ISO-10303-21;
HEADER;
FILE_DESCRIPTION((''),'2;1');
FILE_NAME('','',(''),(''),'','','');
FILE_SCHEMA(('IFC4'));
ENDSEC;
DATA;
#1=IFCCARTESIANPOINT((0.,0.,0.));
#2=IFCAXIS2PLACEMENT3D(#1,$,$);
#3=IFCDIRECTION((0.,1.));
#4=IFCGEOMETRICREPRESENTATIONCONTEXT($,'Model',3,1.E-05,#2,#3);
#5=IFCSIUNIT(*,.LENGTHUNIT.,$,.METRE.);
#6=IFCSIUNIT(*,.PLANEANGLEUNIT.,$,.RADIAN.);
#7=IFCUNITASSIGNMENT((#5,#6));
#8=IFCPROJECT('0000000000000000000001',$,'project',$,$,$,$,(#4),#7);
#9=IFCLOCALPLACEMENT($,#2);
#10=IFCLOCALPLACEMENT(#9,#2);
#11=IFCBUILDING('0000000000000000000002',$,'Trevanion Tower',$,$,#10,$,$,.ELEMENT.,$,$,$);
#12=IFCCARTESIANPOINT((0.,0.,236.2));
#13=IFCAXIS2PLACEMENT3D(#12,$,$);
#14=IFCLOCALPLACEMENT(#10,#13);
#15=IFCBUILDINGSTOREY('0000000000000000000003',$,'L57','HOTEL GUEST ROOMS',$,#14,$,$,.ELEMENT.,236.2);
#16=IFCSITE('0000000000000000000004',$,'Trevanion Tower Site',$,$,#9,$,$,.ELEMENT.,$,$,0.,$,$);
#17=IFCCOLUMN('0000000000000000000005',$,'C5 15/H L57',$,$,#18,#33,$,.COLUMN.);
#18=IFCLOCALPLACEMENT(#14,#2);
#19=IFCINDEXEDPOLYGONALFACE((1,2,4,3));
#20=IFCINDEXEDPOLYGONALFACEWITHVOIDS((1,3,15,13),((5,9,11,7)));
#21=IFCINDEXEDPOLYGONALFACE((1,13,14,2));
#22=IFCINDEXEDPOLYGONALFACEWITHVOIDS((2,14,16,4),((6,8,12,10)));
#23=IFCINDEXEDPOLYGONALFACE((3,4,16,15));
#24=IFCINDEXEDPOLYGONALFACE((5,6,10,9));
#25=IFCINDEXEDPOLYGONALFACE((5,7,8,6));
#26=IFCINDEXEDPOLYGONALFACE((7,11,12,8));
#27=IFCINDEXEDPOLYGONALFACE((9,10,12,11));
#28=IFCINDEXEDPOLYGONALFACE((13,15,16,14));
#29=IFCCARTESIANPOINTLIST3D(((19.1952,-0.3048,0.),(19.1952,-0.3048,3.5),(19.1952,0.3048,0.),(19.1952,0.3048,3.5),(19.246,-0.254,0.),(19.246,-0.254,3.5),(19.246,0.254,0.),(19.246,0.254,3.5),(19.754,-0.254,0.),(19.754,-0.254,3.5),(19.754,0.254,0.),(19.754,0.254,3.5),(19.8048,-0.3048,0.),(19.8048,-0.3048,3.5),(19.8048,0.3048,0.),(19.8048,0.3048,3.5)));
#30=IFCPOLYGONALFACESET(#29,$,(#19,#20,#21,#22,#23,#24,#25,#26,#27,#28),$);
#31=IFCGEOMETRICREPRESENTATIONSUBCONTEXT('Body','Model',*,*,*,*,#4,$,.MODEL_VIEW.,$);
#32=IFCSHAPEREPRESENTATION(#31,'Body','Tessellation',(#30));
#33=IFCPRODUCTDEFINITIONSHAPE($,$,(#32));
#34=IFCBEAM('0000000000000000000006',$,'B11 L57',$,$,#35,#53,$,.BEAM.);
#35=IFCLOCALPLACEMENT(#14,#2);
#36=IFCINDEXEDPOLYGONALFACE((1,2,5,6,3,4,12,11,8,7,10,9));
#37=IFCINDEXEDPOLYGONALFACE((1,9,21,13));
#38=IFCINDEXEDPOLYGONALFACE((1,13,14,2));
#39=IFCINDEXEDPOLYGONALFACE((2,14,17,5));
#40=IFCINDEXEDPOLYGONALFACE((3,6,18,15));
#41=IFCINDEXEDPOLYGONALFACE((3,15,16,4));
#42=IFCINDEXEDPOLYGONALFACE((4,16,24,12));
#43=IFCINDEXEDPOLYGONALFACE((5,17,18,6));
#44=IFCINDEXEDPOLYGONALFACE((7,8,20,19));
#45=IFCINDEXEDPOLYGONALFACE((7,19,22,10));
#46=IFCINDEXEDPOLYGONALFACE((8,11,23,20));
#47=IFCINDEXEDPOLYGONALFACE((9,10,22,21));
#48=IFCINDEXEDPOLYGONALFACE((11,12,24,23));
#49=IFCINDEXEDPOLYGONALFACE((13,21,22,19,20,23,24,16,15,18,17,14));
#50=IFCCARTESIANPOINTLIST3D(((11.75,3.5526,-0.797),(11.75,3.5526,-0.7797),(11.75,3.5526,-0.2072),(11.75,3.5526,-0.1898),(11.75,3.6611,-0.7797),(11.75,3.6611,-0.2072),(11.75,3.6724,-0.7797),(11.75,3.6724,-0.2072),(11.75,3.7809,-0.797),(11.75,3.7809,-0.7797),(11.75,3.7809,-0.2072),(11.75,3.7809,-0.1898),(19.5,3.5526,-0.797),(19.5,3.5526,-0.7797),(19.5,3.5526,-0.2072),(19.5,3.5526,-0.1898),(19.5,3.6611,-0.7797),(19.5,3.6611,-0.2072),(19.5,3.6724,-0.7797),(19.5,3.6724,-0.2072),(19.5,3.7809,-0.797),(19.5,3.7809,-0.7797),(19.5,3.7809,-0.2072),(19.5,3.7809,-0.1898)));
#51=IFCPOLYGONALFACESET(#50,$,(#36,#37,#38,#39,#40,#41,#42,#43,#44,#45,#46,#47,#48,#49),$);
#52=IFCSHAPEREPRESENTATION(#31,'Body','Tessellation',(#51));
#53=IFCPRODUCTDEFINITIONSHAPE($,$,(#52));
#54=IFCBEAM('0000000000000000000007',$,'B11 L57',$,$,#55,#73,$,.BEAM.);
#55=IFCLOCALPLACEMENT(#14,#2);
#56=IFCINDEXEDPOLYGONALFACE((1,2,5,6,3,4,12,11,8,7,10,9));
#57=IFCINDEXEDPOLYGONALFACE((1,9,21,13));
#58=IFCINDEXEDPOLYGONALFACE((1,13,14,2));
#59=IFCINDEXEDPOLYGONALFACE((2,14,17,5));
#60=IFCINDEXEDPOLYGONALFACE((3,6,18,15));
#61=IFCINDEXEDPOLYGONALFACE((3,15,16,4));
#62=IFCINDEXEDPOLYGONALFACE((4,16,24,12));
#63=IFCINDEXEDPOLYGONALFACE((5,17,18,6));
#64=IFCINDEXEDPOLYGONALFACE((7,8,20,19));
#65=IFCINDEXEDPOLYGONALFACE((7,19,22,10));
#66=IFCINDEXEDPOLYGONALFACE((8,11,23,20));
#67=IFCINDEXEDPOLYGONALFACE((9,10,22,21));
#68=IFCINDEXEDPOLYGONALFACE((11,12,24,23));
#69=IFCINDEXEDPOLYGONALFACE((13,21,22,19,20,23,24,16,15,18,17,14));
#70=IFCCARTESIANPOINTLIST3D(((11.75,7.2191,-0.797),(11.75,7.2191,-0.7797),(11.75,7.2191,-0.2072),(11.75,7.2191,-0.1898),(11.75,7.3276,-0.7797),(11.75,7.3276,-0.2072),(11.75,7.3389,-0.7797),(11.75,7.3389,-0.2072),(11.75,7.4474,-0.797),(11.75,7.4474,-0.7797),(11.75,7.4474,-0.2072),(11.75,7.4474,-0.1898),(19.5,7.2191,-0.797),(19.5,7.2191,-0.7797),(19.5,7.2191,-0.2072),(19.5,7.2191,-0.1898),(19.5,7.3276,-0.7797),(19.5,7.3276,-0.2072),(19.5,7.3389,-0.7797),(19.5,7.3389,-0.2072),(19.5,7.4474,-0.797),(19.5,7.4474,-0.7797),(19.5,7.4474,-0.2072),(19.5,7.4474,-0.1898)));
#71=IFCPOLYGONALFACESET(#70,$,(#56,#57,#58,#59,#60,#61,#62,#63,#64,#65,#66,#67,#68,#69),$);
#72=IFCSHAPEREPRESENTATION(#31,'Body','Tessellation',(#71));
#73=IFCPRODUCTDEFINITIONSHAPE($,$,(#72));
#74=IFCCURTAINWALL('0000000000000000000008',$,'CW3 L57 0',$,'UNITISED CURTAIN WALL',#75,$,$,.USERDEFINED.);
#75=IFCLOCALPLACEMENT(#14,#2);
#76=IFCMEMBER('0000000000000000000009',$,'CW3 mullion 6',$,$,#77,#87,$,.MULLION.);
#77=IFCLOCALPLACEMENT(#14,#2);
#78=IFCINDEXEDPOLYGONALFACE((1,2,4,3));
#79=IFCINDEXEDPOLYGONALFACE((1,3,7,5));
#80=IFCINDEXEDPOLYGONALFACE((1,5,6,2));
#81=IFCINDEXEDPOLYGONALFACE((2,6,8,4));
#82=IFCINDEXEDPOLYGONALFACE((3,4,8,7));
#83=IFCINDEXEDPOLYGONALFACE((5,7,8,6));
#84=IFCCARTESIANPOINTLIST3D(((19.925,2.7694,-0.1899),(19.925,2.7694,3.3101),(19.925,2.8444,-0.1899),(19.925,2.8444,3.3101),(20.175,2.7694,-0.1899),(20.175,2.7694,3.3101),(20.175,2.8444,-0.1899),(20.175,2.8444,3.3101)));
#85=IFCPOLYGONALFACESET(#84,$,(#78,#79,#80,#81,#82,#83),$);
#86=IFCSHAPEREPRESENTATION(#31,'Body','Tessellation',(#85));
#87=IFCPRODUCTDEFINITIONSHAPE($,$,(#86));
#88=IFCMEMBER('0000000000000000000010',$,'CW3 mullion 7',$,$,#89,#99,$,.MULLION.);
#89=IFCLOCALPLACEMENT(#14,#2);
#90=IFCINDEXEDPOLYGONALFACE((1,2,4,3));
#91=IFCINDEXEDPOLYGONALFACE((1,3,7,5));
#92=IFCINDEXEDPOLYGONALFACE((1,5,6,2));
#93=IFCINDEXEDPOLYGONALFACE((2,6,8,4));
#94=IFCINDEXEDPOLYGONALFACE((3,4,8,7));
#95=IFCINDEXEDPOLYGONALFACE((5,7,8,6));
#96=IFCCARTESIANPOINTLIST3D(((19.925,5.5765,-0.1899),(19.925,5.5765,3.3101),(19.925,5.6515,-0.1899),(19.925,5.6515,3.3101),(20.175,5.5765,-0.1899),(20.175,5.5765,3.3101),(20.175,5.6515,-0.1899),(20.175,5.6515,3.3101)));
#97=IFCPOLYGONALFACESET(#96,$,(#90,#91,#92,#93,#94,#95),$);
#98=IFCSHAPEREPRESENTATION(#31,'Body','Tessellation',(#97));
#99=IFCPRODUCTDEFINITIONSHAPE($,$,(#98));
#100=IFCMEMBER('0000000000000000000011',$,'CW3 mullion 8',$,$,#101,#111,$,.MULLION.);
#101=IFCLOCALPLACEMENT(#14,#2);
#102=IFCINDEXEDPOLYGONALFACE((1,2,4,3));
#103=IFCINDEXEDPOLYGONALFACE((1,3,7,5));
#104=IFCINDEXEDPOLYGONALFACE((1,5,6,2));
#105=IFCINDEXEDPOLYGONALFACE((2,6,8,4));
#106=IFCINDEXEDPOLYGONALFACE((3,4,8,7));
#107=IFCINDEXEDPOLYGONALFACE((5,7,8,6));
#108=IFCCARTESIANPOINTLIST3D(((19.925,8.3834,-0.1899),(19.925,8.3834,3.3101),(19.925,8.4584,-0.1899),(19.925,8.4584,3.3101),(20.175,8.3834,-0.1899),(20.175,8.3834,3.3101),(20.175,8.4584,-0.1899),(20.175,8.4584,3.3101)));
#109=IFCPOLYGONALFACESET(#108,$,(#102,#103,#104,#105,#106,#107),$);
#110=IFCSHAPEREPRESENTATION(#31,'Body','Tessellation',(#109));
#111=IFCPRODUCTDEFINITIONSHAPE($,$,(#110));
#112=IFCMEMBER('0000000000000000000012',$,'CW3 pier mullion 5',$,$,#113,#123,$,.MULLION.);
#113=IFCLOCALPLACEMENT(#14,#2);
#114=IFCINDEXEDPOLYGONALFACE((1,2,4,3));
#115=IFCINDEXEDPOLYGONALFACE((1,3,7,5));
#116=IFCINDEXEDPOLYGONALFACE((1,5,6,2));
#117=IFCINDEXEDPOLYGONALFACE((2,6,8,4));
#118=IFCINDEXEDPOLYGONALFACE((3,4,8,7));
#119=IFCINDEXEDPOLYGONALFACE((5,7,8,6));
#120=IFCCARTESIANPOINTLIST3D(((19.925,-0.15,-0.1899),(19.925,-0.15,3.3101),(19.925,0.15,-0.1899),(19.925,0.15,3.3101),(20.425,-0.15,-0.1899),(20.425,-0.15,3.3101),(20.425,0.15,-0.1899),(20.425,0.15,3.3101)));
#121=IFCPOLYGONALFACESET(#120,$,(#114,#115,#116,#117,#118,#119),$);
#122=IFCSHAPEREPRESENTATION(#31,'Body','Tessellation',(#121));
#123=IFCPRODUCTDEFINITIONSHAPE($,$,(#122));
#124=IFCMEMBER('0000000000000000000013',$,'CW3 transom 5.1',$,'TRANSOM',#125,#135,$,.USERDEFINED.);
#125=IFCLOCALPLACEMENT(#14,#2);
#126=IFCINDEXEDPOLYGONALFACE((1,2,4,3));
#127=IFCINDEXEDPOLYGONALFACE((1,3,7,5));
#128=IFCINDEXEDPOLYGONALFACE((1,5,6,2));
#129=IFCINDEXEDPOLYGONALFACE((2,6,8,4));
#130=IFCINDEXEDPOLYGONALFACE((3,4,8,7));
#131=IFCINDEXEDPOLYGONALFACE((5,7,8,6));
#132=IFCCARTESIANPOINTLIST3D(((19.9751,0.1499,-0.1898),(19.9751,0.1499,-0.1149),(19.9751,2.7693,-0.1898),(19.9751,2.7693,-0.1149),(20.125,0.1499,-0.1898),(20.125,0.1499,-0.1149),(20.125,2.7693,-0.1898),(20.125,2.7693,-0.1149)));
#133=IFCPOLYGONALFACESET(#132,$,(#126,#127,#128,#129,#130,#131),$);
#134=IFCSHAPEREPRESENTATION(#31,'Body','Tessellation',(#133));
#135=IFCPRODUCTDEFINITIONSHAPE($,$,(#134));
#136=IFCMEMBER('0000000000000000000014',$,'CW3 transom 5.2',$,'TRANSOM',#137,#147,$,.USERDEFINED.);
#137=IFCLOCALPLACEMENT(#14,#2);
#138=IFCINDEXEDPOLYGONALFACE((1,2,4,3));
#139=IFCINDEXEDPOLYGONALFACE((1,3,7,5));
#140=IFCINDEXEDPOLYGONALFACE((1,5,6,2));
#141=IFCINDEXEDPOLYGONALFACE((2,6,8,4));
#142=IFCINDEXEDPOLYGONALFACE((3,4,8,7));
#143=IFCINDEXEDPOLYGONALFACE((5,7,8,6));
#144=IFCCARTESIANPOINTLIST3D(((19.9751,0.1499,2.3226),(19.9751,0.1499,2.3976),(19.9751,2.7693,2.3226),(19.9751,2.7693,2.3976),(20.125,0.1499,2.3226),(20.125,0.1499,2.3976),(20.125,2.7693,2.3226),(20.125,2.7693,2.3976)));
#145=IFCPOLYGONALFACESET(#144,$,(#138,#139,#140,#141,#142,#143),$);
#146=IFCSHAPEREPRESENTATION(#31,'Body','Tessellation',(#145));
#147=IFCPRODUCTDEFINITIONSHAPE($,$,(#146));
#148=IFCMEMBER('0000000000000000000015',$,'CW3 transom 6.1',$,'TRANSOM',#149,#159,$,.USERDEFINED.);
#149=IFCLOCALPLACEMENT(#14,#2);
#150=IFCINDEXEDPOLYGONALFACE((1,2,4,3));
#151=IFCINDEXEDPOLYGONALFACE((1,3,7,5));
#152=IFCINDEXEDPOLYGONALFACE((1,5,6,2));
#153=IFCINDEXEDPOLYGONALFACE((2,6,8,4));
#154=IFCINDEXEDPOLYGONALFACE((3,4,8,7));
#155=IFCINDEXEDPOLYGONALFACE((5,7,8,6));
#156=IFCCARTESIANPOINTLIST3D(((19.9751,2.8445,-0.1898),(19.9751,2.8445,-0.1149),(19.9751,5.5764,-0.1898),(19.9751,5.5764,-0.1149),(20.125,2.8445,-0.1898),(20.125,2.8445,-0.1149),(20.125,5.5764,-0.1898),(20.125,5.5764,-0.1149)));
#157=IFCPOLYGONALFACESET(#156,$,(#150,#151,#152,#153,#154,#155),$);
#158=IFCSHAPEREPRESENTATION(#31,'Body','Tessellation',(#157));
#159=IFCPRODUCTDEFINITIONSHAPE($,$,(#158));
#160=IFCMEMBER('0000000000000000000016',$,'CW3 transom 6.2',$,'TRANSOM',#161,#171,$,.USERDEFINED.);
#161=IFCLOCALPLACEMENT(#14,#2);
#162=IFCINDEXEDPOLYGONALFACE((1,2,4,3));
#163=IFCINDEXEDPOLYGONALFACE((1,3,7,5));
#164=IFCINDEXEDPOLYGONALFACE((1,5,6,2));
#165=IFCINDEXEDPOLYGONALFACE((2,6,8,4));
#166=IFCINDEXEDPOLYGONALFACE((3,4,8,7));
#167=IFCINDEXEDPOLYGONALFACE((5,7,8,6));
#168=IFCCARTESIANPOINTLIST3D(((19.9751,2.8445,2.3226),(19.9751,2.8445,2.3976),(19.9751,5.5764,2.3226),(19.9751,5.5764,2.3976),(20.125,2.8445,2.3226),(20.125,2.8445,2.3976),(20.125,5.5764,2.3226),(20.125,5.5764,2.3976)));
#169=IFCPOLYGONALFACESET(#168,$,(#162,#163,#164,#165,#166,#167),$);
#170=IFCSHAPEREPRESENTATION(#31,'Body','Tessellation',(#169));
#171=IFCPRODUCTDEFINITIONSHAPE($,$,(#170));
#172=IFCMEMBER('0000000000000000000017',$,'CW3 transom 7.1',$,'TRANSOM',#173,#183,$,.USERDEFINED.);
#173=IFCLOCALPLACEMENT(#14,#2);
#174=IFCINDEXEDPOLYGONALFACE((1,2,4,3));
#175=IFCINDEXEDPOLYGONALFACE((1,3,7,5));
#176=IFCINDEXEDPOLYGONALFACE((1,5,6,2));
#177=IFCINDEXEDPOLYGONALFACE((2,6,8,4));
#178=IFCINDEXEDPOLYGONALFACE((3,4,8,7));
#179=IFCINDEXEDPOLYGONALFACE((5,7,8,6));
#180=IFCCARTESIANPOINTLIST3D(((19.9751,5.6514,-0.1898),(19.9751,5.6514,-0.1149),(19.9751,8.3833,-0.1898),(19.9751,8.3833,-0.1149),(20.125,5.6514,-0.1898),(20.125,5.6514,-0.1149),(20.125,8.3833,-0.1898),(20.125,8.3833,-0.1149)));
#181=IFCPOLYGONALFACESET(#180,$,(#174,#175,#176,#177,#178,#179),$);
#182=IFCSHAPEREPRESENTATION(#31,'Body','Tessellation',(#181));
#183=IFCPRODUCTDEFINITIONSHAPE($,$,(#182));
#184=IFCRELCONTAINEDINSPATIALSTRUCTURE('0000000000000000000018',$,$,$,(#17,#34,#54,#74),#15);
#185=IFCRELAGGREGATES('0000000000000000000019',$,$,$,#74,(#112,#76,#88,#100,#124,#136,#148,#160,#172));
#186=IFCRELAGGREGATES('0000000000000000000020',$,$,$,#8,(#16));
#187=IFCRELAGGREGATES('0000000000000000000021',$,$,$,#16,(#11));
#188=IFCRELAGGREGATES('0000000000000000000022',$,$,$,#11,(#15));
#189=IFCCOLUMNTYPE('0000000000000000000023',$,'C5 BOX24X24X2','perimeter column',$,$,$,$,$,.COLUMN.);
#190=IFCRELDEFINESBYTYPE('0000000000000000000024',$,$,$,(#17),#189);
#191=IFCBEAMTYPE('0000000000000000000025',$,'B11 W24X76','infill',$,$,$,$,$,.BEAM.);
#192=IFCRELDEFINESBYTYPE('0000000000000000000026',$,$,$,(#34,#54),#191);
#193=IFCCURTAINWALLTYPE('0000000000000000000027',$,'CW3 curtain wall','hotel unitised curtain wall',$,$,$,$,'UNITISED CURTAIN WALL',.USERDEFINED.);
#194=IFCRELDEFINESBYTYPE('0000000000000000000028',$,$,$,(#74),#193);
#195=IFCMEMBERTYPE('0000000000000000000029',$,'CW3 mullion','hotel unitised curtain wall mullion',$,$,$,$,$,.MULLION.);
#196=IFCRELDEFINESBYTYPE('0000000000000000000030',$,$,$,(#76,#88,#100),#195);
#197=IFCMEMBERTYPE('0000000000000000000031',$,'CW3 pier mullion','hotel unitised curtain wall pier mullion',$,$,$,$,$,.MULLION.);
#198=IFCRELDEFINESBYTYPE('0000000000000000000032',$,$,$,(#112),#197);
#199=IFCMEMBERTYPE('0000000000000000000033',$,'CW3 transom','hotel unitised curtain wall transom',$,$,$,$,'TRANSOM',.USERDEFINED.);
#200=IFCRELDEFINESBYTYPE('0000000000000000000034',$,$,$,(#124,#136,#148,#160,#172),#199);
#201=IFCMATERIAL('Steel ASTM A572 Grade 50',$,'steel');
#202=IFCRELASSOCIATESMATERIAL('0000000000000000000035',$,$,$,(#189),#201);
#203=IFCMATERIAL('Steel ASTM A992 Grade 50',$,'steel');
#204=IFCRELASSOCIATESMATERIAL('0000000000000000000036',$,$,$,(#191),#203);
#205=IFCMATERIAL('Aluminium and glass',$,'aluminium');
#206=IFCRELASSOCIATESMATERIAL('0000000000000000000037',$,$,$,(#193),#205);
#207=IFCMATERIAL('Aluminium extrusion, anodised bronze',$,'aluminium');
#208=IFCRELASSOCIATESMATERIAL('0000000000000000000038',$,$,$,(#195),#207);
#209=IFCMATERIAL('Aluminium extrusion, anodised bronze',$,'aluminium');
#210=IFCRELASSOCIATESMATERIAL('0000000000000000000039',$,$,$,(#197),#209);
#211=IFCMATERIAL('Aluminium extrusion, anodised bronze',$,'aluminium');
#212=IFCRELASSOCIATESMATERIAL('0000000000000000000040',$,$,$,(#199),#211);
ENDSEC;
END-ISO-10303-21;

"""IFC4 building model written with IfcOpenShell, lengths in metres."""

from ifc_helpers import new_model, si_unit, direction, frame, origin, origin_2d, place, context, subcontext, project, spatial, rectangle, hollow_rectangle, i_section, extrude, material, material_profile, profile_set, type_object, element, aggregate, save


model = new_model("IFC4")

# Units and contexts
model_context = context("Model", 3, precision=1e-05, world=origin(), true_north=direction((0.0, 1.0)))
body_context = subcontext(model_context, "Body", "Model", "MODEL_VIEW")
ifc_project = project(units=[si_unit("LENGTHUNIT", "METRE"), si_unit("PLANEANGLEUNIT", "RADIAN")], contexts=[model_context])

# Site, building, storey
site_placement = place(None, origin())
site = spatial("IfcSite", under=ifc_project, at=site_placement, Name="Trevanion Tower Site", CompositionType="ELEMENT", RefElevation=0.0)
building_placement = place(site_placement, origin())
building = spatial("IfcBuilding", under=site, at=building_placement, Name="Trevanion Tower", CompositionType="ELEMENT")
storey_placement = place(building_placement, frame((0.0, 0.0, 236.2)))
storey = spatial("IfcBuildingStorey", under=building, at=storey_placement, Name="L57", Description="HOTEL GUEST ROOMS", CompositionType="ELEMENT", Elevation=236.2)

# Column
ifc_material_1 = material(Name="Steel ASTM A572 Grade 50", Category="steel")
ifc_material_profile_1 = material_profile(ifc_material_1, hollow_rectangle(XDim=0.6096, YDim=0.6096, WallThickness=0.0508, at=origin_2d()), Name="BOX24X24X2")
ifc_profile_set_1 = profile_set([ifc_material_profile_1], Name="Steel ASTM A572 Grade 50")
column_type = type_object("IfcColumnType", Name="C5 BOX24X24X2", Description="perimeter column", PredefinedType="COLUMN", material=ifc_profile_set_1)
column_placement = place(storey_placement, frame((19.5, 0.0, 0.0), z_axis=(0.0, 0.0, 1.0), x_axis=(0.0, 1.0, 0.0)))
element("IfcColumn", 1, at=column_placement, inside=storey, type_object=column_type, Name="C5 15/H L57", PredefinedType="COLUMN", context=body_context, shape_type="SweptSolid", body=[
    extrude(hollow_rectangle(XDim=0.6096, YDim=0.6096, WallThickness=0.0508, at=origin_2d()), origin(), (0.0, 0.0, 1.0), 3.5),
])

# Beams
ifc_material_2 = material(Name="Steel ASTM A992 Grade 50", Category="steel")
ifc_material_profile_2 = material_profile(ifc_material_2, i_section(OverallWidth=0.2283, OverallDepth=0.6072, WebThickness=0.0112, FlangeThickness=0.0173, at=origin_2d()), Name="W24X76")
ifc_profile_set_2 = profile_set([ifc_material_profile_2], Name="Steel ASTM A992 Grade 50")
beam_type_1 = type_object("IfcBeamType", Name="B11 W24X76", Description="infill", PredefinedType="BEAM", material=ifc_profile_set_2)
for number, where, z_axis, x_axis, name in (
    (2, (11.75, 3.6667, -0.4934), (1.0, 0.0, 0.0), (0.0, 1.0, 0.0), "B11 L57"),
    (3, (11.75, 7.3333, -0.4934), (1.0, 0.0, 0.0), (0.0, 1.0, 0.0), "B11 L57"),
):
    element("IfcBeam", number, at=place(storey_placement, frame(where, z_axis=z_axis, x_axis=x_axis)), inside=storey, type_object=beam_type_1, Name=name, PredefinedType="BEAM", context=body_context, shape_type="SweptSolid", body=[
        extrude(i_section(OverallWidth=0.2283, OverallDepth=0.6072, WebThickness=0.0112, FlangeThickness=0.0173, at=origin_2d()), origin(), (0.0, 0.0, 1.0), 7.75),
    ])

# Curtain wall, members
ifc_material_3 = material(Name="Aluminium and glass", Category="aluminium")
curtain_wall_type = type_object("IfcCurtainWallType", Name="CW3 curtain wall", Description="hotel unitised curtain wall", ElementType="UNITISED CURTAIN WALL", PredefinedType="USERDEFINED", material=ifc_material_3)
curtain_wall_placement = place(storey_placement, origin())
curtain_wall = element("IfcCurtainWall", 4, at=curtain_wall_placement, inside=storey, type_object=curtain_wall_type, Name="CW3 L57 0", ObjectType="UNITISED CURTAIN WALL", PredefinedType="USERDEFINED")
ifc_material_4 = material(Name="Aluminium extrusion, anodised bronze", Category="aluminium")
ifc_material_profile_3 = material_profile(ifc_material_4, rectangle(XDim=0.075, YDim=0.25, at=origin_2d()), Name="CW3 mullion")
ifc_profile_set_3 = profile_set([ifc_material_profile_3], Name="Aluminium extrusion, anodised bronze")
member_type_1 = type_object("IfcMemberType", Name="CW3 mullion", Description="hotel unitised curtain wall mullion", PredefinedType="MULLION", material=ifc_profile_set_3)
member_1_placement = place(storey_placement, frame((20.05, 2.8069, -0.1899), z_axis=(0.0, 0.0, 1.0), x_axis=(0.0, 1.0, 0.0)))
member_1 = element("IfcMember", 5, at=member_1_placement, type_object=member_type_1, Name="CW3 mullion 6", PredefinedType="MULLION", context=body_context, shape_type="SweptSolid", body=[
    extrude(rectangle(XDim=0.075, YDim=0.25, at=origin_2d()), origin(), (0.0, 0.0, 1.0), 3.5),
])
member_2_placement = place(storey_placement, frame((20.05, 5.614, -0.1899), z_axis=(0.0, 0.0, 1.0), x_axis=(0.0, 1.0, 0.0)))
member_2 = element("IfcMember", 6, at=member_2_placement, type_object=member_type_1, Name="CW3 mullion 7", PredefinedType="MULLION", context=body_context, shape_type="SweptSolid", body=[
    extrude(rectangle(XDim=0.075, YDim=0.25, at=origin_2d()), origin(), (0.0, 0.0, 1.0), 3.5),
])
member_3_placement = place(storey_placement, frame((20.05, 8.4209, -0.1899), z_axis=(0.0, 0.0, 1.0), x_axis=(0.0, 1.0, 0.0)))
member_3 = element("IfcMember", 7, at=member_3_placement, type_object=member_type_1, Name="CW3 mullion 8", PredefinedType="MULLION", context=body_context, shape_type="SweptSolid", body=[
    extrude(rectangle(XDim=0.075, YDim=0.25, at=origin_2d()), origin(), (0.0, 0.0, 1.0), 3.5),
])
ifc_material_5 = material(Name="Aluminium extrusion, anodised bronze", Category="aluminium")
ifc_material_profile_4 = material_profile(ifc_material_5, rectangle(XDim=0.3, YDim=0.5, at=origin_2d()), Name="CW3 pier mullion")
ifc_profile_set_4 = profile_set([ifc_material_profile_4], Name="Aluminium extrusion, anodised bronze")
member_type_2 = type_object("IfcMemberType", Name="CW3 pier mullion", Description="hotel unitised curtain wall pier mullion", PredefinedType="MULLION", material=ifc_profile_set_4)
member_4_placement = place(storey_placement, frame((20.175, 0.0, -0.1899), z_axis=(0.0, 0.0, 1.0), x_axis=(0.0, 1.0, 0.0)))
member_4 = element("IfcMember", 8, at=member_4_placement, type_object=member_type_2, Name="CW3 pier mullion 5", PredefinedType="MULLION", context=body_context, shape_type="SweptSolid", body=[
    extrude(rectangle(XDim=0.3, YDim=0.5, at=origin_2d()), origin(), (0.0, 0.0, 1.0), 3.5),
])
ifc_material_6 = material(Name="Aluminium extrusion, anodised bronze", Category="aluminium")
ifc_material_profile_5 = material_profile(ifc_material_6, rectangle(XDim=0.1499, YDim=0.075, at=origin_2d()), Name="CW3 transom")
ifc_profile_set_5 = profile_set([ifc_material_profile_5], Name="Aluminium extrusion, anodised bronze")
member_type_3 = type_object("IfcMemberType", Name="CW3 transom", Description="hotel unitised curtain wall transom", ElementType="TRANSOM", PredefinedType="USERDEFINED", material=ifc_profile_set_5)
member_5_placement = place(storey_placement, frame((20.05, 0.1499, -0.1523), z_axis=(0.0, 1.0, 0.0), x_axis=(-1.0, 0.0, 0.0)))
member_5 = element("IfcMember", 9, at=member_5_placement, type_object=member_type_3, Name="CW3 transom 5.1", ObjectType="TRANSOM", PredefinedType="USERDEFINED", context=body_context, shape_type="SweptSolid", body=[
    extrude(rectangle(XDim=0.1499, YDim=0.075, at=origin_2d()), origin(), (0.0, 0.0, 1.0), 2.6194),
])
member_6_placement = place(storey_placement, frame((20.05, 0.1499, 2.3601), z_axis=(0.0, 1.0, 0.0), x_axis=(-1.0, 0.0, 0.0)))
member_6 = element("IfcMember", 10, at=member_6_placement, type_object=member_type_3, Name="CW3 transom 5.2", ObjectType="TRANSOM", PredefinedType="USERDEFINED", context=body_context, shape_type="SweptSolid", body=[
    extrude(rectangle(XDim=0.1499, YDim=0.075, at=origin_2d()), origin(), (0.0, 0.0, 1.0), 2.6194),
])
member_7_placement = place(storey_placement, frame((20.05, 2.8445, -0.1523), z_axis=(0.0, 1.0, 0.0), x_axis=(-1.0, 0.0, 0.0)))
member_7 = element("IfcMember", 11, at=member_7_placement, type_object=member_type_3, Name="CW3 transom 6.1", ObjectType="TRANSOM", PredefinedType="USERDEFINED", context=body_context, shape_type="SweptSolid", body=[
    extrude(rectangle(XDim=0.1499, YDim=0.075, at=origin_2d()), origin(), (0.0, 0.0, 1.0), 2.7319),
])
member_8_placement = place(storey_placement, frame((20.05, 2.8445, 2.3601), z_axis=(0.0, 1.0, 0.0), x_axis=(-1.0, 0.0, 0.0)))
member_8 = element("IfcMember", 12, at=member_8_placement, type_object=member_type_3, Name="CW3 transom 6.2", ObjectType="TRANSOM", PredefinedType="USERDEFINED", context=body_context, shape_type="SweptSolid", body=[
    extrude(rectangle(XDim=0.1499, YDim=0.075, at=origin_2d()), origin(), (0.0, 0.0, 1.0), 2.7319),
])
member_9_placement = place(storey_placement, frame((20.05, 5.6514, -0.1523), z_axis=(0.0, 1.0, 0.0), x_axis=(-1.0, 0.0, 0.0)))
member_9 = element("IfcMember", 13, at=member_9_placement, type_object=member_type_3, Name="CW3 transom 7.1", ObjectType="TRANSOM", PredefinedType="USERDEFINED", context=body_context, shape_type="SweptSolid", body=[
    extrude(rectangle(XDim=0.1499, YDim=0.075, at=origin_2d()), origin(), (0.0, 0.0, 1.0), 2.7319),
])

aggregate(curtain_wall, [member_4, member_1, member_2, member_3, member_5, member_6, member_7, member_8, member_9])

save(model, "model.ifc")
